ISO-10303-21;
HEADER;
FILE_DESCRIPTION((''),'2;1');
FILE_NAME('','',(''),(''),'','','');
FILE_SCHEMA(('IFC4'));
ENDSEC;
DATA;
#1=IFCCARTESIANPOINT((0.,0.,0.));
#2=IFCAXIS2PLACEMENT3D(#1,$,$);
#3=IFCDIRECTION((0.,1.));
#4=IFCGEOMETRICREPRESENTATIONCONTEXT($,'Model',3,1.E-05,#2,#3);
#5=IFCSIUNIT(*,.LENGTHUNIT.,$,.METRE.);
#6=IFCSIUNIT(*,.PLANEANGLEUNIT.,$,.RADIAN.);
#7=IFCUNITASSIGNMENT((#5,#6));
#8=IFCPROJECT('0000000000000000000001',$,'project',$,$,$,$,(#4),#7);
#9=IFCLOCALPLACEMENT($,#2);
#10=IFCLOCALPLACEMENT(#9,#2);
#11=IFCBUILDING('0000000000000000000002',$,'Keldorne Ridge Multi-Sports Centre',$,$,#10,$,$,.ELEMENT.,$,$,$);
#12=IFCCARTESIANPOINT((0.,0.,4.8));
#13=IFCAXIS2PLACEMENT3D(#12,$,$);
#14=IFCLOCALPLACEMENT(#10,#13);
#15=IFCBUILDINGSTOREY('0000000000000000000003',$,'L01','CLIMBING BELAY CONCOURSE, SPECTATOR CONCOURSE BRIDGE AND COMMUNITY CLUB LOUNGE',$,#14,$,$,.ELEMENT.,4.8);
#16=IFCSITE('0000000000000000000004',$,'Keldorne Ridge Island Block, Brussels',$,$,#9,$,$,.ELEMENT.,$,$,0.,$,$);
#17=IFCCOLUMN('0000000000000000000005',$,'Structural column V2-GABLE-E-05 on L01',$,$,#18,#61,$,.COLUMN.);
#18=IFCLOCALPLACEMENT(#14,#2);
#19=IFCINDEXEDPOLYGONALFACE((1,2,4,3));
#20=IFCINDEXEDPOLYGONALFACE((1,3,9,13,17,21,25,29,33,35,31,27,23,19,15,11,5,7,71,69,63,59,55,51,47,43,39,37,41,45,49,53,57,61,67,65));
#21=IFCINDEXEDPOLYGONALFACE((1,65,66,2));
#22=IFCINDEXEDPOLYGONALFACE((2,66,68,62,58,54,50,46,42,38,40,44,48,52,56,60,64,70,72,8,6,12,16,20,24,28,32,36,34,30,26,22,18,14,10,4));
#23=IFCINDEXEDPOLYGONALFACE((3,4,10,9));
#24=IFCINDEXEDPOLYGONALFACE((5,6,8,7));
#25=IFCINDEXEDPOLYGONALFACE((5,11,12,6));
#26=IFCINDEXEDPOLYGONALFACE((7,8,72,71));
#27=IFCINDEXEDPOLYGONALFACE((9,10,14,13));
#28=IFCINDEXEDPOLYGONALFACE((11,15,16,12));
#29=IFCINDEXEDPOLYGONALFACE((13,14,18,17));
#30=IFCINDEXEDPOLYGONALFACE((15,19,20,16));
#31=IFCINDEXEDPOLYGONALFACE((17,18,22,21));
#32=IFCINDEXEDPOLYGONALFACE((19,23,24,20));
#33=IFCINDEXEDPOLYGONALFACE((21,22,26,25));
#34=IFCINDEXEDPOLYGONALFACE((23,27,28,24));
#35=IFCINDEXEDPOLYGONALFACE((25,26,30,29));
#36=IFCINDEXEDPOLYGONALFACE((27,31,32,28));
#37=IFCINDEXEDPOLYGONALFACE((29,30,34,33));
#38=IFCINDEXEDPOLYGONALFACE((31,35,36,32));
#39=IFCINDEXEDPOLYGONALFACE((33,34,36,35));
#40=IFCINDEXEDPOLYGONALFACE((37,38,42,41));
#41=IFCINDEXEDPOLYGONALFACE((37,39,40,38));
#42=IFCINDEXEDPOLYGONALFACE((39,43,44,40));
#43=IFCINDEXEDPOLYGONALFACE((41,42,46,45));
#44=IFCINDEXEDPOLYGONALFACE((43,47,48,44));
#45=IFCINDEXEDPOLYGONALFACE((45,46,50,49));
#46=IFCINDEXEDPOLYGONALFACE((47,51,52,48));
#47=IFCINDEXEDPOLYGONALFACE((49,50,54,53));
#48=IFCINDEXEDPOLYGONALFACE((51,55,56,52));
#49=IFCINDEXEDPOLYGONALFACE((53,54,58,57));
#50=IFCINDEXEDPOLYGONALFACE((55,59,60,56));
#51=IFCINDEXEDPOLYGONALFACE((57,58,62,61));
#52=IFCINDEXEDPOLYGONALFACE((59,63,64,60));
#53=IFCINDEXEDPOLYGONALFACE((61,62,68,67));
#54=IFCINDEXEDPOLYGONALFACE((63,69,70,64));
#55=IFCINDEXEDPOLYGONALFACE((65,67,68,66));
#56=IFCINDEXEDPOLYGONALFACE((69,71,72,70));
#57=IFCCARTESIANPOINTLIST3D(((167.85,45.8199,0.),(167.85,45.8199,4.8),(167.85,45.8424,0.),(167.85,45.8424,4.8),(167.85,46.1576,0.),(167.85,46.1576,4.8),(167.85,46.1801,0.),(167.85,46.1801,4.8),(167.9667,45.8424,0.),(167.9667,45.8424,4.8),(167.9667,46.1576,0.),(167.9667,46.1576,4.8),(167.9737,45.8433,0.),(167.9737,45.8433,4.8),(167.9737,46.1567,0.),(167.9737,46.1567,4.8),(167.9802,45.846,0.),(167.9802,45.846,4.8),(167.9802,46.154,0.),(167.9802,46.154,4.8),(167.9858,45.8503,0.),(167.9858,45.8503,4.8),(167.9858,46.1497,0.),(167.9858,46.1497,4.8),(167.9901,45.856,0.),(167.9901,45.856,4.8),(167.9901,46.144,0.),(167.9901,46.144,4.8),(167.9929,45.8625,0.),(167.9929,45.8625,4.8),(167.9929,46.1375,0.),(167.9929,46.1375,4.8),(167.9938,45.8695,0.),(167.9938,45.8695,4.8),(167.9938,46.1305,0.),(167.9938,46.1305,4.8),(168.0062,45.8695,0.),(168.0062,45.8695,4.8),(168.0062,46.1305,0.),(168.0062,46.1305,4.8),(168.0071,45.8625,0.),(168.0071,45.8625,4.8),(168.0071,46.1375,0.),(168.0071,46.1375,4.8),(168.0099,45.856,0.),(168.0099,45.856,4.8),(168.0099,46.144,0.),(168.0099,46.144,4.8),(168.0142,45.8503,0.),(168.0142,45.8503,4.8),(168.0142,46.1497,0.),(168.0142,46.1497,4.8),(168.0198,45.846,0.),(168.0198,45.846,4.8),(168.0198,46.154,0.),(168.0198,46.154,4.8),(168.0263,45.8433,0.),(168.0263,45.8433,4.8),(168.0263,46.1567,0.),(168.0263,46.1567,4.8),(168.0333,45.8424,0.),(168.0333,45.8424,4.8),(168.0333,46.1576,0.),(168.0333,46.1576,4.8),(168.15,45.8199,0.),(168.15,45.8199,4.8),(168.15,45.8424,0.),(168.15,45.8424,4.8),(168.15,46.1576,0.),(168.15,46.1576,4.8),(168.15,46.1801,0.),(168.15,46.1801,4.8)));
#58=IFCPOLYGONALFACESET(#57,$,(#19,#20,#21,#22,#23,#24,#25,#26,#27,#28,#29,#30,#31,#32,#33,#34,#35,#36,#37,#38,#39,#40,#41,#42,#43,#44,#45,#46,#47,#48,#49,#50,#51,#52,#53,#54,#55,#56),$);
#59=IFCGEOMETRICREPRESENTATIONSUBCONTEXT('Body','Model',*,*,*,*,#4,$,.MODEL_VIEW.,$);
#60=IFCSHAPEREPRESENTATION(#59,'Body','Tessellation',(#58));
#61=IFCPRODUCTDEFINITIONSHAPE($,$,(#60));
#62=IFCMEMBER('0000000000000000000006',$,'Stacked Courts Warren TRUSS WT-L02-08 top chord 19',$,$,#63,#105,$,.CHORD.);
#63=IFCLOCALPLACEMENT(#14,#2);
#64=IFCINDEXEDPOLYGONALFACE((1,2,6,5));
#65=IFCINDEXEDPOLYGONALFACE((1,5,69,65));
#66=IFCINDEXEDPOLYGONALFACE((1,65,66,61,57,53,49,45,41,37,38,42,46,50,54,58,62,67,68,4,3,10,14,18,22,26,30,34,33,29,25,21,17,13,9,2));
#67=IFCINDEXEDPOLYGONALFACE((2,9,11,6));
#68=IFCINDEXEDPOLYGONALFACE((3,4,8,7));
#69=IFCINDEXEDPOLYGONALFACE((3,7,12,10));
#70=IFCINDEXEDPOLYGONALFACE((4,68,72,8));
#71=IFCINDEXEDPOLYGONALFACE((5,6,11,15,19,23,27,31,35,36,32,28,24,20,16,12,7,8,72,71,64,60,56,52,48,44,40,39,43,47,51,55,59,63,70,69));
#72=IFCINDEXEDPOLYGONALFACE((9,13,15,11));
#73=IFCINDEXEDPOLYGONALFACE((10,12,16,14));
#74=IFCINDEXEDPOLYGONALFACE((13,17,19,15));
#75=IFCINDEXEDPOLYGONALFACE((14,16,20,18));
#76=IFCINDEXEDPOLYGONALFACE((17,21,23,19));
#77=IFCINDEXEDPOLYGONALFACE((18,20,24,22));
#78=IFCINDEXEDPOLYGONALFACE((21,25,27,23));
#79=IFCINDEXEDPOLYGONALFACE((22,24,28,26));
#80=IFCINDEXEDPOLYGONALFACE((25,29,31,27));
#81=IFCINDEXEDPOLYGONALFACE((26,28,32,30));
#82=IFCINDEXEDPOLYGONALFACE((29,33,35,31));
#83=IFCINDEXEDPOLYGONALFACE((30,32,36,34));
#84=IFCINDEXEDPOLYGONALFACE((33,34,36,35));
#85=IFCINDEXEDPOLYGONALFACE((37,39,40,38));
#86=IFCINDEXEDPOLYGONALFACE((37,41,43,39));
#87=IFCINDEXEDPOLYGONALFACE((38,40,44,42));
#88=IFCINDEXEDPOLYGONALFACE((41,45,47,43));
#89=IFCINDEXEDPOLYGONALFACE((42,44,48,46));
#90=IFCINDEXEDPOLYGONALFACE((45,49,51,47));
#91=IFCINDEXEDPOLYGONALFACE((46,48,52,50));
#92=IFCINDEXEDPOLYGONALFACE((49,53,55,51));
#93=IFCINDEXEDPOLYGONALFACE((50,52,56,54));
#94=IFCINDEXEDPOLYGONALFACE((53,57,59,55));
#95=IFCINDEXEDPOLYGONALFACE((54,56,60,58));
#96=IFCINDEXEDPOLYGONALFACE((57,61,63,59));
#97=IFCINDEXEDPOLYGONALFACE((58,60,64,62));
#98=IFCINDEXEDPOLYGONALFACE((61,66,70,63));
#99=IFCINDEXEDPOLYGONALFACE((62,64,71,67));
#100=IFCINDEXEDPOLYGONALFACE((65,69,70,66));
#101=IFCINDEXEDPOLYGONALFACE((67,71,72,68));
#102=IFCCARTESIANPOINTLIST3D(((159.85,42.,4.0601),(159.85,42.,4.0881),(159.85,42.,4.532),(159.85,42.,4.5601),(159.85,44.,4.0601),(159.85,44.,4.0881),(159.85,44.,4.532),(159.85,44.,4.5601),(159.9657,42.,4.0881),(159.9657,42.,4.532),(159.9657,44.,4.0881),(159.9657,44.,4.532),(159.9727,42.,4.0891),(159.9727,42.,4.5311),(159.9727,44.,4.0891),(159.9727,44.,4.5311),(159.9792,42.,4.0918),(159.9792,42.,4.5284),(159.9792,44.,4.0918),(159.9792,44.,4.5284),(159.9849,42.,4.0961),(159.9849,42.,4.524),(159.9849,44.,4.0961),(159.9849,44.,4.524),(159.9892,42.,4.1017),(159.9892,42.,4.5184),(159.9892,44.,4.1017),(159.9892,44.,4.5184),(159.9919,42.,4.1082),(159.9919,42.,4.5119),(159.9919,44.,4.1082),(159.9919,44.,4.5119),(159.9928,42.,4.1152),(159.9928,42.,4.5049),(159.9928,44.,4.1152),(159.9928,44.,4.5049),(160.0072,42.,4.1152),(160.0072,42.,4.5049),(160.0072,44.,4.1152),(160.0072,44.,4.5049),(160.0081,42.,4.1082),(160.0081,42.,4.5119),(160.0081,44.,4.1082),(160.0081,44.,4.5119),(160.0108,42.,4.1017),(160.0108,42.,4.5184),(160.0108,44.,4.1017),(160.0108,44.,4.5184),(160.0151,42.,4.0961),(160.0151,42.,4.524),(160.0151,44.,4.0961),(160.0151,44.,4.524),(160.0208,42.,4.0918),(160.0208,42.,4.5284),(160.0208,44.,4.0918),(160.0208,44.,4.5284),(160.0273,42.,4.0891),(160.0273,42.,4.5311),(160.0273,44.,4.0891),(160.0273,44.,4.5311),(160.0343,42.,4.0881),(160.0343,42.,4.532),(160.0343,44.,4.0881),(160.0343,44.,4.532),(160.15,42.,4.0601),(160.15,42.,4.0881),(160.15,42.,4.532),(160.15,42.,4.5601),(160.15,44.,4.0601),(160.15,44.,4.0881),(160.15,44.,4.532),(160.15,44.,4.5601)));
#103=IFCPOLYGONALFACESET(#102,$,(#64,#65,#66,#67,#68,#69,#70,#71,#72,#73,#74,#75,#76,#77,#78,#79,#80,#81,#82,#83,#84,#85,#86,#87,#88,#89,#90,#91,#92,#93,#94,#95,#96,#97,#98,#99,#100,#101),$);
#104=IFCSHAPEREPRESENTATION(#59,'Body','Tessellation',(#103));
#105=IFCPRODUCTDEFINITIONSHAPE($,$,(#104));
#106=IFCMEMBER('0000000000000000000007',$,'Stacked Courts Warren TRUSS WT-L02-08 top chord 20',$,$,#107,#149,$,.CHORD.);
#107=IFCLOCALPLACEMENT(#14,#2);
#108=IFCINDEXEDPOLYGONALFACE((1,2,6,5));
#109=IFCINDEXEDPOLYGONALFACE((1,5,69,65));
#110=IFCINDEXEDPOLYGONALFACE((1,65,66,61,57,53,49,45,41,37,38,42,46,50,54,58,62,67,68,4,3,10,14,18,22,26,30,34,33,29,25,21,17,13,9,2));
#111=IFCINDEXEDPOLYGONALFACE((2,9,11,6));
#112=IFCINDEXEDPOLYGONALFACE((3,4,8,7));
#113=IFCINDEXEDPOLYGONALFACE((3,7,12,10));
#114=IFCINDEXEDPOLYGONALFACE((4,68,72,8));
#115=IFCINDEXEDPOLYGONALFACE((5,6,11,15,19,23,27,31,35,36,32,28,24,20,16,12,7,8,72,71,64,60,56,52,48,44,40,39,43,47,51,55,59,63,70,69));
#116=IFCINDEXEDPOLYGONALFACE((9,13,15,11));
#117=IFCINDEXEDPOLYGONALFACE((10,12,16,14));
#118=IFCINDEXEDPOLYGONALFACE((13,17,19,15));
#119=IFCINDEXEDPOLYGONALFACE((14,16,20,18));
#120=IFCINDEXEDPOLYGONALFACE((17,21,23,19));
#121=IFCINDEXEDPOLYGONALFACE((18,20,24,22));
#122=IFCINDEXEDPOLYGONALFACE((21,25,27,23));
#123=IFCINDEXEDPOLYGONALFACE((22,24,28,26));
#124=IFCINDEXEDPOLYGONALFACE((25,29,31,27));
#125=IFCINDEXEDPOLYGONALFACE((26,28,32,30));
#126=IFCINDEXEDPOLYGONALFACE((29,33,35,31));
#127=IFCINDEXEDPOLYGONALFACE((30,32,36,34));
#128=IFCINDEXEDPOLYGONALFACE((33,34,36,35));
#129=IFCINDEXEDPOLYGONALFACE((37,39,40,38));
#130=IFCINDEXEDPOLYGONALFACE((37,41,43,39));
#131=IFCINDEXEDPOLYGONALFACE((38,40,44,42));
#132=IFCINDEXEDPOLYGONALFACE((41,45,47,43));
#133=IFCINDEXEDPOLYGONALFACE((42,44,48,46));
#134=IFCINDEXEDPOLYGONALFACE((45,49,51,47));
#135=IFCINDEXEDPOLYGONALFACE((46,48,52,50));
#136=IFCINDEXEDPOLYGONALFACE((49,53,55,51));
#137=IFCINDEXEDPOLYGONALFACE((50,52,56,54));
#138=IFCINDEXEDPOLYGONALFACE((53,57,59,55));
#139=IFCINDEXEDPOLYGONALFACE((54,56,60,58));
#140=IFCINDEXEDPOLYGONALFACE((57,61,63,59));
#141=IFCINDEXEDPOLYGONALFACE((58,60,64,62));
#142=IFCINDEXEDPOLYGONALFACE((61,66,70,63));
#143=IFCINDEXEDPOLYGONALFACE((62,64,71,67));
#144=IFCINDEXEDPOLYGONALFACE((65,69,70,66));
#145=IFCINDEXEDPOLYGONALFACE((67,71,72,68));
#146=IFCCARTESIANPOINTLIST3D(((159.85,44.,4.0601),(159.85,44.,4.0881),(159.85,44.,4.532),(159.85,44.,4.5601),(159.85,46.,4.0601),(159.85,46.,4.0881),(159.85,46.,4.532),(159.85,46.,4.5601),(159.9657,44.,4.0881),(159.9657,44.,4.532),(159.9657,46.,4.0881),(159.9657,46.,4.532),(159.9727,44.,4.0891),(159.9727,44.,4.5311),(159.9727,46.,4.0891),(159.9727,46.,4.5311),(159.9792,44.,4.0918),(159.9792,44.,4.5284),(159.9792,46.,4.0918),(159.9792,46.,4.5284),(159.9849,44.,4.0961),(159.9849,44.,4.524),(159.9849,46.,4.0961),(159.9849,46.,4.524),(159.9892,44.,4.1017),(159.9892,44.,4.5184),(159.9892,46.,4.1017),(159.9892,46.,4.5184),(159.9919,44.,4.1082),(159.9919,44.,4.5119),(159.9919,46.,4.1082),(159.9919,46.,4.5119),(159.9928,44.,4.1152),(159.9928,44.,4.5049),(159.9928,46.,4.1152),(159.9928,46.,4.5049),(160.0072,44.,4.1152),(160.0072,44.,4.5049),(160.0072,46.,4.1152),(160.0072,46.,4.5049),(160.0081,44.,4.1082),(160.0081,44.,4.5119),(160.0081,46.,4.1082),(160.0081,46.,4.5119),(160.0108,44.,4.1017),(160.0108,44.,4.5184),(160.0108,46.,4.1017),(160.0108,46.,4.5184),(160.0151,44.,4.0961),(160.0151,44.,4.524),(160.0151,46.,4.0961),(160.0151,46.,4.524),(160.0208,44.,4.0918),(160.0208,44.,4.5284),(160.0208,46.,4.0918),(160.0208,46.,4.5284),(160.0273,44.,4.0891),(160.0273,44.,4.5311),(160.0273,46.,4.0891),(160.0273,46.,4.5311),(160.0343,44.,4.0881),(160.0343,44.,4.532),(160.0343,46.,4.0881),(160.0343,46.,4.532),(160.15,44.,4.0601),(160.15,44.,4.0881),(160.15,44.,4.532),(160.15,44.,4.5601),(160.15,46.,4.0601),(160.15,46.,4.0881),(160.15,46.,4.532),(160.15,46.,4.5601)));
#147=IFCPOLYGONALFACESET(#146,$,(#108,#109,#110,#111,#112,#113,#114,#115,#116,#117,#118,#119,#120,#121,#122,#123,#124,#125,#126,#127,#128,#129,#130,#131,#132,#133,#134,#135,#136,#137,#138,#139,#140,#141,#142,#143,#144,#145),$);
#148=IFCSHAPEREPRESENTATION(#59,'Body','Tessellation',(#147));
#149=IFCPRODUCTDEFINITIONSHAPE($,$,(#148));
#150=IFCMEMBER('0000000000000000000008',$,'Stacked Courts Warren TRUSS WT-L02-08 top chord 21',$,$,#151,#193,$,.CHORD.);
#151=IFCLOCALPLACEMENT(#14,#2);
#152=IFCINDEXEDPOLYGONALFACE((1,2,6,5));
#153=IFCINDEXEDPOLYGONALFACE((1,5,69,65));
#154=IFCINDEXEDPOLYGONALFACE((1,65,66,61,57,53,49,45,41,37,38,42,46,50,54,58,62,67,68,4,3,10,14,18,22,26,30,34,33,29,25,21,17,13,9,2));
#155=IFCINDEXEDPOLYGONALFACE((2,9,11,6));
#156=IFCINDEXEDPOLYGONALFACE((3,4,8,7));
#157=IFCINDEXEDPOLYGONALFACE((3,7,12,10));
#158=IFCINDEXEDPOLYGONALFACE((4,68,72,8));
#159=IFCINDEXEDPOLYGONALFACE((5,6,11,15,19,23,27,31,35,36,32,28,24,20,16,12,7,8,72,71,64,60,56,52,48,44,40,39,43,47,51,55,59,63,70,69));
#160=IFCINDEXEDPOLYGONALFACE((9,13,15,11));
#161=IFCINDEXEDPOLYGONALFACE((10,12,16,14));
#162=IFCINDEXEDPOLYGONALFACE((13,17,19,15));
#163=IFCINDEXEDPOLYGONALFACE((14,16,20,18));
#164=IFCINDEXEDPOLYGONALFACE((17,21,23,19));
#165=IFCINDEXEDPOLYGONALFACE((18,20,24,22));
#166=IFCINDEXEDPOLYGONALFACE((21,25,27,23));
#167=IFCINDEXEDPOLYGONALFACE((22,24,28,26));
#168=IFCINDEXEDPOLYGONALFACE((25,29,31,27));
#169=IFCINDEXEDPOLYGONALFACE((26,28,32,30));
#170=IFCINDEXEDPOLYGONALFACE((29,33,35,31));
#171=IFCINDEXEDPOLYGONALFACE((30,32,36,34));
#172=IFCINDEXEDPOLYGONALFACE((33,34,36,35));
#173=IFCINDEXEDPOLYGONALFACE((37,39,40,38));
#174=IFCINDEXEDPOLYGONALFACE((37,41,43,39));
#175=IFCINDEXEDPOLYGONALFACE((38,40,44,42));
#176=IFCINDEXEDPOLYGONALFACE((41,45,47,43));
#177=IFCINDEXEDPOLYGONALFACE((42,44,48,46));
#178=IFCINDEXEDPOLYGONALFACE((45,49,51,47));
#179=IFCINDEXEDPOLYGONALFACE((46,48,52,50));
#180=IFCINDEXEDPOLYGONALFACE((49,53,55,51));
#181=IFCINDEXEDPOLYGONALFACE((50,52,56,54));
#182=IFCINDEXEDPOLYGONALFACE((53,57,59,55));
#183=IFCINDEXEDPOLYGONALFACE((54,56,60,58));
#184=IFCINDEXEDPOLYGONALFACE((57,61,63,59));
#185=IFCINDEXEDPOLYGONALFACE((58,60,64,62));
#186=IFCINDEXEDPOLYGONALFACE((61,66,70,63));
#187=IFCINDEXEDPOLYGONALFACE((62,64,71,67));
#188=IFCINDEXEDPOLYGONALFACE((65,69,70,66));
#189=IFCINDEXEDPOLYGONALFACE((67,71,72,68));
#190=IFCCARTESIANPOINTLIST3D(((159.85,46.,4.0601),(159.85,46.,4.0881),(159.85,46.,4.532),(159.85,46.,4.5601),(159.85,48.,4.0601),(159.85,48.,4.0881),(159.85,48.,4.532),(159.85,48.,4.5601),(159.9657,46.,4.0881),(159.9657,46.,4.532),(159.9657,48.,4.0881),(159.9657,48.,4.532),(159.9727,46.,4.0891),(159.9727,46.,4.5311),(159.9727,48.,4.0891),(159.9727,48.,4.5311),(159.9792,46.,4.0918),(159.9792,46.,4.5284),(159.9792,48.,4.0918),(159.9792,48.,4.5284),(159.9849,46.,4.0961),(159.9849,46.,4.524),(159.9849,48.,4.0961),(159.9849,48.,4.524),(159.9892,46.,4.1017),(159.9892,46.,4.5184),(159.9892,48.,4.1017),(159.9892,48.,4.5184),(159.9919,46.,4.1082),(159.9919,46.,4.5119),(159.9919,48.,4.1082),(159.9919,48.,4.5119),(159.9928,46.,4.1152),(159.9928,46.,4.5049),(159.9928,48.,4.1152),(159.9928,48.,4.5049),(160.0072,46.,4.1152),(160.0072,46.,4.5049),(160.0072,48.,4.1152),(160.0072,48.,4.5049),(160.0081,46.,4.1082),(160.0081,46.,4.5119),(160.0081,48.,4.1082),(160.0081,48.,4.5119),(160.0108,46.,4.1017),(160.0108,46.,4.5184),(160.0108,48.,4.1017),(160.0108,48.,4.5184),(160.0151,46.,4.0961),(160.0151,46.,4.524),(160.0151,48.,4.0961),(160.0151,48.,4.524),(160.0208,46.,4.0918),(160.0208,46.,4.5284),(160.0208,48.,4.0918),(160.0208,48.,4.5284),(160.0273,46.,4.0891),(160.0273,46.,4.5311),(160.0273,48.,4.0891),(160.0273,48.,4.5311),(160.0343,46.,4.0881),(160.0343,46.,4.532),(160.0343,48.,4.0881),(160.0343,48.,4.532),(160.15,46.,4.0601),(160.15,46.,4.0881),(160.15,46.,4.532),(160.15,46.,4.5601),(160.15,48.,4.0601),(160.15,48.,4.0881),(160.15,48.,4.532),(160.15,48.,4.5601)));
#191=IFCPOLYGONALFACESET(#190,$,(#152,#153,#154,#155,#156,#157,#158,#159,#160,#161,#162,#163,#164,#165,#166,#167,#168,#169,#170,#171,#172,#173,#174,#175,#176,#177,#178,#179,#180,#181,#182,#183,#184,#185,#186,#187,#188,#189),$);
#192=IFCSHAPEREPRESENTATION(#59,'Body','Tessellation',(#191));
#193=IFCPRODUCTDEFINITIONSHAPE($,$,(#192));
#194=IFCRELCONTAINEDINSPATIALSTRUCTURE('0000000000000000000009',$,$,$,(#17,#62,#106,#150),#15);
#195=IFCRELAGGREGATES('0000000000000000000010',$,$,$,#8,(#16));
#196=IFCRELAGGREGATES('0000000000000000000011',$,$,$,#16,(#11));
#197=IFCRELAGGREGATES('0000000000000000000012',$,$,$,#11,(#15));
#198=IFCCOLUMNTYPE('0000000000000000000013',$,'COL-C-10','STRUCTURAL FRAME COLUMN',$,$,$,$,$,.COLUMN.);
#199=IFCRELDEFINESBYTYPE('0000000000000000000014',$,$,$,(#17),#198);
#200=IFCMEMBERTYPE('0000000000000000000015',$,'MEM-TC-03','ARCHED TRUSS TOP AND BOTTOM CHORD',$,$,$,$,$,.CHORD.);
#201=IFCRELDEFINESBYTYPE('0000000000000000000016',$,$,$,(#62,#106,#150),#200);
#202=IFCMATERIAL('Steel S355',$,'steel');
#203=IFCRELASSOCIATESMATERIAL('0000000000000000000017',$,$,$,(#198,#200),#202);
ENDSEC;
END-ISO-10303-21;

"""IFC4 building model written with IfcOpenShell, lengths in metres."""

from ifc_helpers import new_model, si_unit, direction, frame, origin, origin_2d, place, context, subcontext, project, spatial, i_section, extrude, material, material_profile, profile_set, type_object, element, save


model = new_model("IFC4")

# Units and contexts
model_context = context("Model", 3, precision=1e-05, world=origin(), true_north=direction((0.0, 1.0)))
body_context = subcontext(model_context, "Body", "Model", "MODEL_VIEW")
ifc_project = project(units=[si_unit("LENGTHUNIT", "METRE"), si_unit("PLANEANGLEUNIT", "RADIAN")], contexts=[model_context])

# Site, building, storey
site_placement = place(None, origin())
site = spatial("IfcSite", under=ifc_project, at=site_placement, Name="Keldorne Ridge Island Block, Brussels", CompositionType="ELEMENT", RefElevation=0.0)
building_placement = place(site_placement, origin())
building = spatial("IfcBuilding", under=site, at=building_placement, Name="Keldorne Ridge Multi-Sports Centre", CompositionType="ELEMENT")
storey_placement = place(building_placement, frame((0.0, 0.0, 4.8)))
storey = spatial("IfcBuildingStorey", under=building, at=storey_placement, Name="L01", Description="CLIMBING BELAY CONCOURSE, SPECTATOR CONCOURSE BRIDGE AND COMMUNITY CLUB LOUNGE", CompositionType="ELEMENT", Elevation=4.8)

# Column
ifc_material = material(Name="Steel S355", Category="steel")
ifc_material_profile_1 = material_profile(ifc_material, i_section(OverallWidth=0.3, OverallDepth=0.3601, WebThickness=0.0125, FlangeThickness=0.0225, FilletRadius=0.0271, at=origin_2d()), Name="HEB 360")
ifc_profile_set_1 = profile_set([ifc_material_profile_1], Name="Steel S355")
column_type = type_object("IfcColumnType", Name="COL-C-10", Description="STRUCTURAL FRAME COLUMN", PredefinedType="COLUMN", material=ifc_profile_set_1)
column_placement = place(storey_placement, frame((168.0, 46.0, 0.0), z_axis=(0.0, 0.0, 1.0), x_axis=(1.0, 0.0, 0.0)))
element("IfcColumn", 1, at=column_placement, inside=storey, type_object=column_type, Name="Structural column V2-GABLE-E-05 on L01", PredefinedType="COLUMN", context=body_context, shape_type="SweptSolid", body=[
    extrude(i_section(OverallWidth=0.3, OverallDepth=0.3601, WebThickness=0.0125, FlangeThickness=0.0225, FilletRadius=0.0271, at=origin_2d()), origin(), (0.0, 0.0, 1.0), 4.8),
])

# Members
ifc_material_profile_2 = material_profile(ifc_material, i_section(OverallWidth=0.3, OverallDepth=0.5, WebThickness=0.0144, FlangeThickness=0.0281, FilletRadius=0.0271, at=origin_2d()), Name="HEB 500")
ifc_profile_set_2 = profile_set([ifc_material_profile_2], Name="Steel S355")
member_type_1 = type_object("IfcMemberType", Name="MEM-TC-03", Description="ARCHED TRUSS TOP AND BOTTOM CHORD", PredefinedType="CHORD", material=ifc_profile_set_2)
for number, where, z_axis, x_axis, name in (
    (2, (160.0, 42.0, 4.3101), (0.0, 1.0, 0.0), (-1.0, 0.0, 0.0), "Stacked Courts Warren TRUSS WT-L02-08 top chord 19"),
    (3, (160.0, 44.0, 4.3101), (0.0, 1.0, 0.0), (-1.0, 0.0, 0.0), "Stacked Courts Warren TRUSS WT-L02-08 top chord 20"),
    (4, (160.0, 46.0, 4.3101), (0.0, 1.0, 0.0), (-1.0, 0.0, 0.0), "Stacked Courts Warren TRUSS WT-L02-08 top chord 21"),
):
    element("IfcMember", number, at=place(storey_placement, frame(where, z_axis=z_axis, x_axis=x_axis)), inside=storey, type_object=member_type_1, Name=name, PredefinedType="CHORD", context=body_context, shape_type="SweptSolid", body=[
        extrude(i_section(OverallWidth=0.3, OverallDepth=0.5, WebThickness=0.0144, FlangeThickness=0.0281, FilletRadius=0.0271, at=origin_2d()), origin(), (0.0, 0.0, 1.0), 2.0),
    ])

save(model, "model.ifc")
